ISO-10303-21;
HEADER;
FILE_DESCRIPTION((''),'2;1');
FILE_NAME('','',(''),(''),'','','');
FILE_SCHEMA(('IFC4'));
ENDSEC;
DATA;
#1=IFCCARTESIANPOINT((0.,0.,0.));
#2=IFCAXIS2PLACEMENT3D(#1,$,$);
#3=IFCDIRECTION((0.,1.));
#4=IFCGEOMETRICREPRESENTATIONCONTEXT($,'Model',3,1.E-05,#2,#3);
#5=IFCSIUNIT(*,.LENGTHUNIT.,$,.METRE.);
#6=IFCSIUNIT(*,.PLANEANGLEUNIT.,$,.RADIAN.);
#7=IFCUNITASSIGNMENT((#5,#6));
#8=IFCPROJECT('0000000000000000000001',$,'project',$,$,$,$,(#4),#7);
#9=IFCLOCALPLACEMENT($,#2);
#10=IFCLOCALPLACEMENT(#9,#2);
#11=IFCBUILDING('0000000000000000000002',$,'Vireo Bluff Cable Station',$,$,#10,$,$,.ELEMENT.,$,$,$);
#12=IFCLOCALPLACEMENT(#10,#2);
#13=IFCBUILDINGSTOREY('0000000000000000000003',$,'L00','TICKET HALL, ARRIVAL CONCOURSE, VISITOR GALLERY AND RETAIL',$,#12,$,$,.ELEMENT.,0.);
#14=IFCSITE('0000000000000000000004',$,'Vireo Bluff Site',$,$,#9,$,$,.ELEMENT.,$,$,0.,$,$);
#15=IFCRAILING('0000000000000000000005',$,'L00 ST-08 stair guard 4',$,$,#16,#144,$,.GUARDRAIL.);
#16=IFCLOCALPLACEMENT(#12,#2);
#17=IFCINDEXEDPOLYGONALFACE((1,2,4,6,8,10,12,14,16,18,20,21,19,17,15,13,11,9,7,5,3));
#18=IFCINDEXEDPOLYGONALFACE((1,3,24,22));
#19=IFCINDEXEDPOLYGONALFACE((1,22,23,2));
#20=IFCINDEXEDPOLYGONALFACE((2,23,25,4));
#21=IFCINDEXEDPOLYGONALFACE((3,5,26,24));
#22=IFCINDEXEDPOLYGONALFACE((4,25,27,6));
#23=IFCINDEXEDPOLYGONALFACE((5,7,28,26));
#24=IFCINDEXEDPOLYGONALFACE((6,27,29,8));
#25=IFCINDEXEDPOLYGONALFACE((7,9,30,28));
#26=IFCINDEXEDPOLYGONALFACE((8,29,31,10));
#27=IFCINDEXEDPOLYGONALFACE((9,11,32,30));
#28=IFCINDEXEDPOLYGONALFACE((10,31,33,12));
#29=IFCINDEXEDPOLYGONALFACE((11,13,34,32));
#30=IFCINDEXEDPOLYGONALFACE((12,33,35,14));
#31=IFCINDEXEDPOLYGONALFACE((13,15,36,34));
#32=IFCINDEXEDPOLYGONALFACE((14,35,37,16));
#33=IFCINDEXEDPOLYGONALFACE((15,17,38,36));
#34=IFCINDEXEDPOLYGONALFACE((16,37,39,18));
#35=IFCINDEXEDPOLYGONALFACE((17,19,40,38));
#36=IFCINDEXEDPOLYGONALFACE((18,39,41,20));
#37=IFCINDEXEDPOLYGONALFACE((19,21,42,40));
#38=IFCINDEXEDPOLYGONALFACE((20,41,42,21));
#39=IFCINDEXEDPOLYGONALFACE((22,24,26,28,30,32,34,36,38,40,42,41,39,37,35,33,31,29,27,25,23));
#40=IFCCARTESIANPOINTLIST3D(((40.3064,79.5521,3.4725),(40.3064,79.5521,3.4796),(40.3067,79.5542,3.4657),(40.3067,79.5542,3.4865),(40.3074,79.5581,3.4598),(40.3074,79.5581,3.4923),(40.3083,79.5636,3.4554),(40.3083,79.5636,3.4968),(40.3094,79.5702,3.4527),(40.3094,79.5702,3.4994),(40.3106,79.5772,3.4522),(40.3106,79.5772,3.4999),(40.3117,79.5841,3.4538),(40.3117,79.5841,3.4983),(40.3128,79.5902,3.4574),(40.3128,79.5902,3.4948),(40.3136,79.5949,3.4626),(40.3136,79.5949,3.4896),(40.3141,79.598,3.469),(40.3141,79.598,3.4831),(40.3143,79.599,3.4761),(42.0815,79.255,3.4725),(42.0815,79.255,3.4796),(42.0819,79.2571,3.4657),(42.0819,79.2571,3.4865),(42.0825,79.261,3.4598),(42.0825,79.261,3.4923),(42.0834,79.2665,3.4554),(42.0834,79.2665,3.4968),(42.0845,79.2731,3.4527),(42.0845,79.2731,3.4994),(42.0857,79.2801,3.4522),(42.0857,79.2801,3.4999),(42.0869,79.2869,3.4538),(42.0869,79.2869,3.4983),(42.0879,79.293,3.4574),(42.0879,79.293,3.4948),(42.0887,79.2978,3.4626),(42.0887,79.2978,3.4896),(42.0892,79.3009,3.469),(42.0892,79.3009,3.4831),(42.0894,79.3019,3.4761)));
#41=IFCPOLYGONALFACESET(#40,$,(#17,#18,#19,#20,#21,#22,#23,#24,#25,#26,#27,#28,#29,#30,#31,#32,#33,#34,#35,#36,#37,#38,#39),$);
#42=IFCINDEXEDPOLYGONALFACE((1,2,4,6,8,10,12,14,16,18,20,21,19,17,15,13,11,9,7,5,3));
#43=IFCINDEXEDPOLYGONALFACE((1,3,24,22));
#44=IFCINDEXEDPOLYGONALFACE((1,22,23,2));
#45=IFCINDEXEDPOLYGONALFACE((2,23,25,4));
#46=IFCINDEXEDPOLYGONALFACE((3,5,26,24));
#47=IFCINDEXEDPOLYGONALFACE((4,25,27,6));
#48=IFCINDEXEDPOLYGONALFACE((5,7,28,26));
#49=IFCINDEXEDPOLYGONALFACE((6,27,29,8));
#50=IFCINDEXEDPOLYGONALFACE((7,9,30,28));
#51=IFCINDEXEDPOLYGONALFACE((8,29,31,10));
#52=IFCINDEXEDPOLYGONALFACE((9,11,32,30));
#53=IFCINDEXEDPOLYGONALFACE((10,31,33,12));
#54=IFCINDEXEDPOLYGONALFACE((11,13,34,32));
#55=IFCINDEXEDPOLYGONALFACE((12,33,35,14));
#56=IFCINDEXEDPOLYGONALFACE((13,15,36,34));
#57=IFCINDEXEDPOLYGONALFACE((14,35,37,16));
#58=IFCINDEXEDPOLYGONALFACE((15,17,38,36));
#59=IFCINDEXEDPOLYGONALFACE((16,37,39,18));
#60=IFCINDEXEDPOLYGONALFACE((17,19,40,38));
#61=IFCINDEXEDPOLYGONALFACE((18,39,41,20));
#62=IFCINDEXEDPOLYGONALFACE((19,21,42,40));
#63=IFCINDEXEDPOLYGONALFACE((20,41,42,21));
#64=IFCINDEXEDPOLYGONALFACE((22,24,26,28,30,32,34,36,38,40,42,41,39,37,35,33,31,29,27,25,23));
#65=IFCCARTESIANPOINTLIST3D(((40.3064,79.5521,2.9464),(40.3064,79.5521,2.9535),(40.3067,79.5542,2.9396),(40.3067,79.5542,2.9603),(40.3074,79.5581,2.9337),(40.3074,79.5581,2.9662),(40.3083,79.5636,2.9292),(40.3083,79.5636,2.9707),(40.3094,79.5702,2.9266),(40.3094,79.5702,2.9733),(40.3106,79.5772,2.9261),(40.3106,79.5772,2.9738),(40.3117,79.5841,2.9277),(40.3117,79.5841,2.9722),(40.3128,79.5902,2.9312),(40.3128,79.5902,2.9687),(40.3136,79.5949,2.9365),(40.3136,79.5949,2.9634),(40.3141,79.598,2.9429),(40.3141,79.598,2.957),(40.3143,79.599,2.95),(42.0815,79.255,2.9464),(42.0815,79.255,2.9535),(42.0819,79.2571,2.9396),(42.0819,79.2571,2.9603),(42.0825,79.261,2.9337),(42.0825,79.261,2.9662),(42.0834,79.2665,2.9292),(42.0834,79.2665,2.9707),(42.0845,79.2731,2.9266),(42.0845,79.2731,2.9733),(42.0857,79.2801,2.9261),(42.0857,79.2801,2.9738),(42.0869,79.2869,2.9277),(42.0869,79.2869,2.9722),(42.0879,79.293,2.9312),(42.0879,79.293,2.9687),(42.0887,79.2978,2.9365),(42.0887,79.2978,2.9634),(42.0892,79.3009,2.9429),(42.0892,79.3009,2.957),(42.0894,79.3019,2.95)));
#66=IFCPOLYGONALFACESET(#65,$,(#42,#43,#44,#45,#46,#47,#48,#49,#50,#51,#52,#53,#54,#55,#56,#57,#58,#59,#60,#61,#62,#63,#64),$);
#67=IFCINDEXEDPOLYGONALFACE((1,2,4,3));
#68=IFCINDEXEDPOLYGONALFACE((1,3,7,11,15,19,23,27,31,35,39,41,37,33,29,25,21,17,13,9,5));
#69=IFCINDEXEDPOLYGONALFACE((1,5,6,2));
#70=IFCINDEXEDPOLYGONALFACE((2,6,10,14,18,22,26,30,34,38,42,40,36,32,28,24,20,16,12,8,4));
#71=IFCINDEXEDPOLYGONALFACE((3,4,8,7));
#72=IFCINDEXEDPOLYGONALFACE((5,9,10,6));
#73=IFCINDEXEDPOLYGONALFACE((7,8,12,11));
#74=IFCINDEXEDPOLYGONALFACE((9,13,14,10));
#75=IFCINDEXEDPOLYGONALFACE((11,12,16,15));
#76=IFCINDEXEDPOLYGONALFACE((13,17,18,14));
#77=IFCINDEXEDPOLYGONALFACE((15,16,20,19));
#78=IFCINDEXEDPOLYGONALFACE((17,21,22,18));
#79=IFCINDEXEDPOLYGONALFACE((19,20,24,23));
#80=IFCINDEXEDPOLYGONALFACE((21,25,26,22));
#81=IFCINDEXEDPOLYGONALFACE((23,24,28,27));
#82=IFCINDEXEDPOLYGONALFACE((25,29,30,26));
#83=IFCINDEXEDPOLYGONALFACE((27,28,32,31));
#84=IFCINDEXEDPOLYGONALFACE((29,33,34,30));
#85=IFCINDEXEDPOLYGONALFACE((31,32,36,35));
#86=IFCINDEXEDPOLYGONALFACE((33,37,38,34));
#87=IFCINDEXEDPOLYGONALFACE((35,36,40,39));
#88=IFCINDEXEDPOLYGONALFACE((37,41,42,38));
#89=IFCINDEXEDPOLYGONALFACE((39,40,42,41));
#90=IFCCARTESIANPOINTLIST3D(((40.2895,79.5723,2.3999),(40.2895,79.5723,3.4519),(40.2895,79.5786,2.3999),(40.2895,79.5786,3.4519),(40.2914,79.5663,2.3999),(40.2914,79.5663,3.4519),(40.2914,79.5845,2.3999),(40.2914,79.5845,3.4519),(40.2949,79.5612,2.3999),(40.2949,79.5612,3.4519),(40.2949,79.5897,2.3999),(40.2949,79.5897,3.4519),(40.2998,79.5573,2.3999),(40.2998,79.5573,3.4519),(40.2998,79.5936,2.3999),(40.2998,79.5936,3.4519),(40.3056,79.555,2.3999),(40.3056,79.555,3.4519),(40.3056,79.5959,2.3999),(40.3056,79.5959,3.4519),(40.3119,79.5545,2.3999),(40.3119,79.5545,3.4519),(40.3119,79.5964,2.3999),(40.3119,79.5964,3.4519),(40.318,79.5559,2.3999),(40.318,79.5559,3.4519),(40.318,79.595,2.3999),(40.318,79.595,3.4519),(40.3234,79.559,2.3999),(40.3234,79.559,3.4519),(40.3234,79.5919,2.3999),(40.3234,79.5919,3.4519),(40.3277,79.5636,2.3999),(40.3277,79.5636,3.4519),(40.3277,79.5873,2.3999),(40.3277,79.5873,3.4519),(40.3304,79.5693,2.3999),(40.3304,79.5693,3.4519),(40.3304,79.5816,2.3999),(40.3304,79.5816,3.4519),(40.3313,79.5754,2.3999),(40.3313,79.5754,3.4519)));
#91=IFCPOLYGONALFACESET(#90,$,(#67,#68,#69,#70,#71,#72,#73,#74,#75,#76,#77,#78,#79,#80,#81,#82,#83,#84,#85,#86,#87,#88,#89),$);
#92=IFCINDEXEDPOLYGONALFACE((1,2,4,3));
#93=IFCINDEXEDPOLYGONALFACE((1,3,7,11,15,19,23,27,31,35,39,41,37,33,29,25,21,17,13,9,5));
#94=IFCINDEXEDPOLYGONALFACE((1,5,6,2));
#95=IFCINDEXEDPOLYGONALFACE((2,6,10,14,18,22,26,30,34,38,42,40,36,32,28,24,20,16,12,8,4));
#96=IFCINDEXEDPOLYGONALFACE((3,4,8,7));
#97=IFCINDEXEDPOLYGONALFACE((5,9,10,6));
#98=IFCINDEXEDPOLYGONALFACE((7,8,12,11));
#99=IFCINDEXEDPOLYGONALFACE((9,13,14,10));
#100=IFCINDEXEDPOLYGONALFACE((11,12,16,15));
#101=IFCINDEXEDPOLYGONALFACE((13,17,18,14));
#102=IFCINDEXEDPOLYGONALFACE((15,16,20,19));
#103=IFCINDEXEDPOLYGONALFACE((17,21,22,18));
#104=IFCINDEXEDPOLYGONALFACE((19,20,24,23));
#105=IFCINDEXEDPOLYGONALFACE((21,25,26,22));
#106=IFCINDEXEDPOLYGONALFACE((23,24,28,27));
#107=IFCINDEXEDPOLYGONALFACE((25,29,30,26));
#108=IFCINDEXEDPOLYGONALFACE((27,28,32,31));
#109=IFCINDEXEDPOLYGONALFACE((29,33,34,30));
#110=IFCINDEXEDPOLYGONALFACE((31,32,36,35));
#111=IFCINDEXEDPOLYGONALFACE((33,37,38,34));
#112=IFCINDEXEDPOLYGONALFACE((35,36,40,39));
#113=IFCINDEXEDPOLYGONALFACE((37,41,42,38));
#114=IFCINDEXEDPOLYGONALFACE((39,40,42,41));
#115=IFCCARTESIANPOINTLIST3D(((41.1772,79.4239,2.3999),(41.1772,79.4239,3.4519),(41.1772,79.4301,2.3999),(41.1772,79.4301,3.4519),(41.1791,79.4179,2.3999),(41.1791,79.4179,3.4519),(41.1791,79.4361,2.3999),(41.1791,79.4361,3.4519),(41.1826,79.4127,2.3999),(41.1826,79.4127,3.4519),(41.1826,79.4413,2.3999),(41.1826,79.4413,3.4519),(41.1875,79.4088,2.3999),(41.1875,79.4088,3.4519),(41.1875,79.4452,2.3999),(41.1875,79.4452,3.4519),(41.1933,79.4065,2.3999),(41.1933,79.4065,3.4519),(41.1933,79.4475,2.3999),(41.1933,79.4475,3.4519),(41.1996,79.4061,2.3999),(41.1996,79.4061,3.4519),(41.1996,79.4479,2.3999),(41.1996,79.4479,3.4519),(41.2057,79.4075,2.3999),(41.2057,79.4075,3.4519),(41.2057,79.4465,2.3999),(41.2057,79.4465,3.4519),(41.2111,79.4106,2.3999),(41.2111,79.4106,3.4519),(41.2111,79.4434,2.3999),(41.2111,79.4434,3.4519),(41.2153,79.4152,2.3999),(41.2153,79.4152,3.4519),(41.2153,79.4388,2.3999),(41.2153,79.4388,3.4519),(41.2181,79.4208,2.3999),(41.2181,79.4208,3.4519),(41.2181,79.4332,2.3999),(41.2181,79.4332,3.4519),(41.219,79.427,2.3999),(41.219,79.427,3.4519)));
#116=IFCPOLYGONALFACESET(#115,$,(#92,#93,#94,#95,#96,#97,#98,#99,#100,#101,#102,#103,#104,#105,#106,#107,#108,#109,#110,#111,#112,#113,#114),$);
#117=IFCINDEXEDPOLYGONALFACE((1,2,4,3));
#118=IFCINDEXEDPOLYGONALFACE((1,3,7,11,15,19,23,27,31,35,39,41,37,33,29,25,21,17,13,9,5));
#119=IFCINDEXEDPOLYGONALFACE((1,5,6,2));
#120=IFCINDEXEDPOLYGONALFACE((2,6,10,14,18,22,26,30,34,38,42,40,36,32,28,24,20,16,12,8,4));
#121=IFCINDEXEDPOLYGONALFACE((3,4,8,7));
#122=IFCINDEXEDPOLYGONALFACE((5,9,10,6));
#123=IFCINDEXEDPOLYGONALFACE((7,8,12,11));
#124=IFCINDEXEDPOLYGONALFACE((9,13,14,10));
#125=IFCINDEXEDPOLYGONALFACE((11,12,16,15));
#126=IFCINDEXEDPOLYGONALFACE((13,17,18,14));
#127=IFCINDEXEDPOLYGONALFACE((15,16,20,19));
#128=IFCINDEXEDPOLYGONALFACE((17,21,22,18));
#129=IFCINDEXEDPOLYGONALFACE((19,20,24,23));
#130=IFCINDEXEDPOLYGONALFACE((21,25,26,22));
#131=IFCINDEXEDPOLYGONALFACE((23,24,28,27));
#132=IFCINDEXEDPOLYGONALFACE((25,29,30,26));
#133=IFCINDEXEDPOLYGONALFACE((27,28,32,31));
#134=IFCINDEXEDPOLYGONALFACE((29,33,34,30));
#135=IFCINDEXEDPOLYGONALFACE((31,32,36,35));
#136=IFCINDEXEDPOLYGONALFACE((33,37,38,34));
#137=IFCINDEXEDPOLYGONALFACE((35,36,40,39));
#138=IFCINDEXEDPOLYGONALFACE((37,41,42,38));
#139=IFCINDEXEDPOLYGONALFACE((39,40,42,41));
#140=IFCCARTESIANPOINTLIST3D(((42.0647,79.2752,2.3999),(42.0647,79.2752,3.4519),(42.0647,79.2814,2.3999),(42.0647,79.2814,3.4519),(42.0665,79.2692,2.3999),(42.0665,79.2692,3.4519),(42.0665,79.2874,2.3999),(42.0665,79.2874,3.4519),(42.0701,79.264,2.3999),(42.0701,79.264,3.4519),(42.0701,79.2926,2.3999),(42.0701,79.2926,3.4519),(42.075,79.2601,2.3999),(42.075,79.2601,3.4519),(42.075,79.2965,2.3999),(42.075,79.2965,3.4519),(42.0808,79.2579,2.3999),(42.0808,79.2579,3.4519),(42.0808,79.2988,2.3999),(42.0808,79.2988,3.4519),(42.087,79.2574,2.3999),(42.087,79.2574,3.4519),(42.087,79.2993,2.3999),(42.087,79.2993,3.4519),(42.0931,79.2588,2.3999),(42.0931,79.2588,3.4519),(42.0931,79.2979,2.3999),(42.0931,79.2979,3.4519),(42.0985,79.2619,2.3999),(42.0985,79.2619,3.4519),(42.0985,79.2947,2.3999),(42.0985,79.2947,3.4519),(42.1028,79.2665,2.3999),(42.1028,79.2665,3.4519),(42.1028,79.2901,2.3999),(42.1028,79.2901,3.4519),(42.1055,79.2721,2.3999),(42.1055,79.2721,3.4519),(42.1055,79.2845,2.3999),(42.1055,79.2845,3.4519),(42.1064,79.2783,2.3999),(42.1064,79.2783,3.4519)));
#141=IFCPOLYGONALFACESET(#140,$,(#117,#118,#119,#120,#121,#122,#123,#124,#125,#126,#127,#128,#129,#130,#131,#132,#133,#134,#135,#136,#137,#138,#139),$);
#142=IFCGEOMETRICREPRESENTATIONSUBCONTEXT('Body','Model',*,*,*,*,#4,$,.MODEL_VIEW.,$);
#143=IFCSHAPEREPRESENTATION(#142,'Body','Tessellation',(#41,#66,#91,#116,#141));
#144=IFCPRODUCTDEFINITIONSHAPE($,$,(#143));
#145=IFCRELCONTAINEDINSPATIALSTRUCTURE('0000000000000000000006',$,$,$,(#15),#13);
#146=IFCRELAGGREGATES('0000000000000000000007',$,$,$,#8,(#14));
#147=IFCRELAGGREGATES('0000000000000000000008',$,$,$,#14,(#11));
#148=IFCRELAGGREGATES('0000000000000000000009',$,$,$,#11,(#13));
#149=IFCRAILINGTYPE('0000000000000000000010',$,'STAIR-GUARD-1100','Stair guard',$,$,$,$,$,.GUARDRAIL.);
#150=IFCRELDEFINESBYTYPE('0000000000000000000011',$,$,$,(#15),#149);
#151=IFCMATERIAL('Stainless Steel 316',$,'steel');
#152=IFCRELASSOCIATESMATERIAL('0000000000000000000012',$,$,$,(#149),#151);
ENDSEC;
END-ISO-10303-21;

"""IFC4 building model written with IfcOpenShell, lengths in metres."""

from ifc_helpers import new_model, si_unit, direction, frame, origin, origin_2d, place, context, subcontext, project, spatial, circle, extrude, material, type_object, element, save


model = new_model("IFC4")

# Units and contexts
model_context = context("Model", 3, precision=1e-05, world=origin(), true_north=direction((0.0, 1.0)))
body_context = subcontext(model_context, "Body", "Model", "MODEL_VIEW")
ifc_project = project(units=[si_unit("LENGTHUNIT", "METRE"), si_unit("PLANEANGLEUNIT", "RADIAN")], contexts=[model_context])

# Site, building, storey
site_placement = place(None, origin())
site = spatial("IfcSite", under=ifc_project, at=site_placement, Name="Vireo Bluff Site", CompositionType="ELEMENT", RefElevation=0.0)
building_placement = place(site_placement, origin())
building = spatial("IfcBuilding", under=site, at=building_placement, Name="Vireo Bluff Cable Station", CompositionType="ELEMENT")
storey_placement = place(building_placement, origin())
storey = spatial("IfcBuildingStorey", under=building, at=storey_placement, Name="L00", Description="TICKET HALL, ARRIVAL CONCOURSE, VISITOR GALLERY AND RETAIL", CompositionType="ELEMENT", Elevation=0.0)

# Railing
ifc_material_1 = material(Name="Stainless Steel 316", Category="steel")
railing_type_1 = type_object("IfcRailingType", Name="STAIR-GUARD-1100", Description="Stair guard", PredefinedType="GUARDRAIL", material=ifc_material_1)
railing_1_placement = place(storey_placement, frame((40.3103, 79.5754, 2.3999)))
element("IfcRailing", 1, at=railing_1_placement, inside=storey, type_object=railing_type_1, Name="L00 ST-08 stair guard 4", PredefinedType="GUARDRAIL", context=body_context, shape_type="SweptSolid", body=[
    extrude(circle(Radius=0.0239, at=origin_2d()), frame((0.0, 0.0, 1.0762), z_axis=(0.98628, -0.165081, 0.0), x_axis=(0.165081, 0.98628, 0.0)), (0.0, 0.0, 1.0), 1.7998),
    extrude(circle(Radius=0.0239, at=origin_2d()), frame((0.0, 0.0, 0.55), z_axis=(0.98628, -0.165081, 0.0), x_axis=(0.165081, 0.98628, 0.0)), (0.0, 0.0, 1.0), 1.7998),
    extrude(circle(Radius=0.021, at=origin_2d()), origin(), (0.0, 0.0, 1.0), 1.052),
    extrude(circle(Radius=0.021, at=origin_2d()), frame((0.8877, -0.1484, 0.0)), (0.0, 0.0, 1.0), 1.052),
    extrude(circle(Radius=0.021, at=origin_2d()), frame((1.7751, -0.2971, 0.0)), (0.0, 0.0, 1.0), 1.052),
])

save(model, "model.ifc")
